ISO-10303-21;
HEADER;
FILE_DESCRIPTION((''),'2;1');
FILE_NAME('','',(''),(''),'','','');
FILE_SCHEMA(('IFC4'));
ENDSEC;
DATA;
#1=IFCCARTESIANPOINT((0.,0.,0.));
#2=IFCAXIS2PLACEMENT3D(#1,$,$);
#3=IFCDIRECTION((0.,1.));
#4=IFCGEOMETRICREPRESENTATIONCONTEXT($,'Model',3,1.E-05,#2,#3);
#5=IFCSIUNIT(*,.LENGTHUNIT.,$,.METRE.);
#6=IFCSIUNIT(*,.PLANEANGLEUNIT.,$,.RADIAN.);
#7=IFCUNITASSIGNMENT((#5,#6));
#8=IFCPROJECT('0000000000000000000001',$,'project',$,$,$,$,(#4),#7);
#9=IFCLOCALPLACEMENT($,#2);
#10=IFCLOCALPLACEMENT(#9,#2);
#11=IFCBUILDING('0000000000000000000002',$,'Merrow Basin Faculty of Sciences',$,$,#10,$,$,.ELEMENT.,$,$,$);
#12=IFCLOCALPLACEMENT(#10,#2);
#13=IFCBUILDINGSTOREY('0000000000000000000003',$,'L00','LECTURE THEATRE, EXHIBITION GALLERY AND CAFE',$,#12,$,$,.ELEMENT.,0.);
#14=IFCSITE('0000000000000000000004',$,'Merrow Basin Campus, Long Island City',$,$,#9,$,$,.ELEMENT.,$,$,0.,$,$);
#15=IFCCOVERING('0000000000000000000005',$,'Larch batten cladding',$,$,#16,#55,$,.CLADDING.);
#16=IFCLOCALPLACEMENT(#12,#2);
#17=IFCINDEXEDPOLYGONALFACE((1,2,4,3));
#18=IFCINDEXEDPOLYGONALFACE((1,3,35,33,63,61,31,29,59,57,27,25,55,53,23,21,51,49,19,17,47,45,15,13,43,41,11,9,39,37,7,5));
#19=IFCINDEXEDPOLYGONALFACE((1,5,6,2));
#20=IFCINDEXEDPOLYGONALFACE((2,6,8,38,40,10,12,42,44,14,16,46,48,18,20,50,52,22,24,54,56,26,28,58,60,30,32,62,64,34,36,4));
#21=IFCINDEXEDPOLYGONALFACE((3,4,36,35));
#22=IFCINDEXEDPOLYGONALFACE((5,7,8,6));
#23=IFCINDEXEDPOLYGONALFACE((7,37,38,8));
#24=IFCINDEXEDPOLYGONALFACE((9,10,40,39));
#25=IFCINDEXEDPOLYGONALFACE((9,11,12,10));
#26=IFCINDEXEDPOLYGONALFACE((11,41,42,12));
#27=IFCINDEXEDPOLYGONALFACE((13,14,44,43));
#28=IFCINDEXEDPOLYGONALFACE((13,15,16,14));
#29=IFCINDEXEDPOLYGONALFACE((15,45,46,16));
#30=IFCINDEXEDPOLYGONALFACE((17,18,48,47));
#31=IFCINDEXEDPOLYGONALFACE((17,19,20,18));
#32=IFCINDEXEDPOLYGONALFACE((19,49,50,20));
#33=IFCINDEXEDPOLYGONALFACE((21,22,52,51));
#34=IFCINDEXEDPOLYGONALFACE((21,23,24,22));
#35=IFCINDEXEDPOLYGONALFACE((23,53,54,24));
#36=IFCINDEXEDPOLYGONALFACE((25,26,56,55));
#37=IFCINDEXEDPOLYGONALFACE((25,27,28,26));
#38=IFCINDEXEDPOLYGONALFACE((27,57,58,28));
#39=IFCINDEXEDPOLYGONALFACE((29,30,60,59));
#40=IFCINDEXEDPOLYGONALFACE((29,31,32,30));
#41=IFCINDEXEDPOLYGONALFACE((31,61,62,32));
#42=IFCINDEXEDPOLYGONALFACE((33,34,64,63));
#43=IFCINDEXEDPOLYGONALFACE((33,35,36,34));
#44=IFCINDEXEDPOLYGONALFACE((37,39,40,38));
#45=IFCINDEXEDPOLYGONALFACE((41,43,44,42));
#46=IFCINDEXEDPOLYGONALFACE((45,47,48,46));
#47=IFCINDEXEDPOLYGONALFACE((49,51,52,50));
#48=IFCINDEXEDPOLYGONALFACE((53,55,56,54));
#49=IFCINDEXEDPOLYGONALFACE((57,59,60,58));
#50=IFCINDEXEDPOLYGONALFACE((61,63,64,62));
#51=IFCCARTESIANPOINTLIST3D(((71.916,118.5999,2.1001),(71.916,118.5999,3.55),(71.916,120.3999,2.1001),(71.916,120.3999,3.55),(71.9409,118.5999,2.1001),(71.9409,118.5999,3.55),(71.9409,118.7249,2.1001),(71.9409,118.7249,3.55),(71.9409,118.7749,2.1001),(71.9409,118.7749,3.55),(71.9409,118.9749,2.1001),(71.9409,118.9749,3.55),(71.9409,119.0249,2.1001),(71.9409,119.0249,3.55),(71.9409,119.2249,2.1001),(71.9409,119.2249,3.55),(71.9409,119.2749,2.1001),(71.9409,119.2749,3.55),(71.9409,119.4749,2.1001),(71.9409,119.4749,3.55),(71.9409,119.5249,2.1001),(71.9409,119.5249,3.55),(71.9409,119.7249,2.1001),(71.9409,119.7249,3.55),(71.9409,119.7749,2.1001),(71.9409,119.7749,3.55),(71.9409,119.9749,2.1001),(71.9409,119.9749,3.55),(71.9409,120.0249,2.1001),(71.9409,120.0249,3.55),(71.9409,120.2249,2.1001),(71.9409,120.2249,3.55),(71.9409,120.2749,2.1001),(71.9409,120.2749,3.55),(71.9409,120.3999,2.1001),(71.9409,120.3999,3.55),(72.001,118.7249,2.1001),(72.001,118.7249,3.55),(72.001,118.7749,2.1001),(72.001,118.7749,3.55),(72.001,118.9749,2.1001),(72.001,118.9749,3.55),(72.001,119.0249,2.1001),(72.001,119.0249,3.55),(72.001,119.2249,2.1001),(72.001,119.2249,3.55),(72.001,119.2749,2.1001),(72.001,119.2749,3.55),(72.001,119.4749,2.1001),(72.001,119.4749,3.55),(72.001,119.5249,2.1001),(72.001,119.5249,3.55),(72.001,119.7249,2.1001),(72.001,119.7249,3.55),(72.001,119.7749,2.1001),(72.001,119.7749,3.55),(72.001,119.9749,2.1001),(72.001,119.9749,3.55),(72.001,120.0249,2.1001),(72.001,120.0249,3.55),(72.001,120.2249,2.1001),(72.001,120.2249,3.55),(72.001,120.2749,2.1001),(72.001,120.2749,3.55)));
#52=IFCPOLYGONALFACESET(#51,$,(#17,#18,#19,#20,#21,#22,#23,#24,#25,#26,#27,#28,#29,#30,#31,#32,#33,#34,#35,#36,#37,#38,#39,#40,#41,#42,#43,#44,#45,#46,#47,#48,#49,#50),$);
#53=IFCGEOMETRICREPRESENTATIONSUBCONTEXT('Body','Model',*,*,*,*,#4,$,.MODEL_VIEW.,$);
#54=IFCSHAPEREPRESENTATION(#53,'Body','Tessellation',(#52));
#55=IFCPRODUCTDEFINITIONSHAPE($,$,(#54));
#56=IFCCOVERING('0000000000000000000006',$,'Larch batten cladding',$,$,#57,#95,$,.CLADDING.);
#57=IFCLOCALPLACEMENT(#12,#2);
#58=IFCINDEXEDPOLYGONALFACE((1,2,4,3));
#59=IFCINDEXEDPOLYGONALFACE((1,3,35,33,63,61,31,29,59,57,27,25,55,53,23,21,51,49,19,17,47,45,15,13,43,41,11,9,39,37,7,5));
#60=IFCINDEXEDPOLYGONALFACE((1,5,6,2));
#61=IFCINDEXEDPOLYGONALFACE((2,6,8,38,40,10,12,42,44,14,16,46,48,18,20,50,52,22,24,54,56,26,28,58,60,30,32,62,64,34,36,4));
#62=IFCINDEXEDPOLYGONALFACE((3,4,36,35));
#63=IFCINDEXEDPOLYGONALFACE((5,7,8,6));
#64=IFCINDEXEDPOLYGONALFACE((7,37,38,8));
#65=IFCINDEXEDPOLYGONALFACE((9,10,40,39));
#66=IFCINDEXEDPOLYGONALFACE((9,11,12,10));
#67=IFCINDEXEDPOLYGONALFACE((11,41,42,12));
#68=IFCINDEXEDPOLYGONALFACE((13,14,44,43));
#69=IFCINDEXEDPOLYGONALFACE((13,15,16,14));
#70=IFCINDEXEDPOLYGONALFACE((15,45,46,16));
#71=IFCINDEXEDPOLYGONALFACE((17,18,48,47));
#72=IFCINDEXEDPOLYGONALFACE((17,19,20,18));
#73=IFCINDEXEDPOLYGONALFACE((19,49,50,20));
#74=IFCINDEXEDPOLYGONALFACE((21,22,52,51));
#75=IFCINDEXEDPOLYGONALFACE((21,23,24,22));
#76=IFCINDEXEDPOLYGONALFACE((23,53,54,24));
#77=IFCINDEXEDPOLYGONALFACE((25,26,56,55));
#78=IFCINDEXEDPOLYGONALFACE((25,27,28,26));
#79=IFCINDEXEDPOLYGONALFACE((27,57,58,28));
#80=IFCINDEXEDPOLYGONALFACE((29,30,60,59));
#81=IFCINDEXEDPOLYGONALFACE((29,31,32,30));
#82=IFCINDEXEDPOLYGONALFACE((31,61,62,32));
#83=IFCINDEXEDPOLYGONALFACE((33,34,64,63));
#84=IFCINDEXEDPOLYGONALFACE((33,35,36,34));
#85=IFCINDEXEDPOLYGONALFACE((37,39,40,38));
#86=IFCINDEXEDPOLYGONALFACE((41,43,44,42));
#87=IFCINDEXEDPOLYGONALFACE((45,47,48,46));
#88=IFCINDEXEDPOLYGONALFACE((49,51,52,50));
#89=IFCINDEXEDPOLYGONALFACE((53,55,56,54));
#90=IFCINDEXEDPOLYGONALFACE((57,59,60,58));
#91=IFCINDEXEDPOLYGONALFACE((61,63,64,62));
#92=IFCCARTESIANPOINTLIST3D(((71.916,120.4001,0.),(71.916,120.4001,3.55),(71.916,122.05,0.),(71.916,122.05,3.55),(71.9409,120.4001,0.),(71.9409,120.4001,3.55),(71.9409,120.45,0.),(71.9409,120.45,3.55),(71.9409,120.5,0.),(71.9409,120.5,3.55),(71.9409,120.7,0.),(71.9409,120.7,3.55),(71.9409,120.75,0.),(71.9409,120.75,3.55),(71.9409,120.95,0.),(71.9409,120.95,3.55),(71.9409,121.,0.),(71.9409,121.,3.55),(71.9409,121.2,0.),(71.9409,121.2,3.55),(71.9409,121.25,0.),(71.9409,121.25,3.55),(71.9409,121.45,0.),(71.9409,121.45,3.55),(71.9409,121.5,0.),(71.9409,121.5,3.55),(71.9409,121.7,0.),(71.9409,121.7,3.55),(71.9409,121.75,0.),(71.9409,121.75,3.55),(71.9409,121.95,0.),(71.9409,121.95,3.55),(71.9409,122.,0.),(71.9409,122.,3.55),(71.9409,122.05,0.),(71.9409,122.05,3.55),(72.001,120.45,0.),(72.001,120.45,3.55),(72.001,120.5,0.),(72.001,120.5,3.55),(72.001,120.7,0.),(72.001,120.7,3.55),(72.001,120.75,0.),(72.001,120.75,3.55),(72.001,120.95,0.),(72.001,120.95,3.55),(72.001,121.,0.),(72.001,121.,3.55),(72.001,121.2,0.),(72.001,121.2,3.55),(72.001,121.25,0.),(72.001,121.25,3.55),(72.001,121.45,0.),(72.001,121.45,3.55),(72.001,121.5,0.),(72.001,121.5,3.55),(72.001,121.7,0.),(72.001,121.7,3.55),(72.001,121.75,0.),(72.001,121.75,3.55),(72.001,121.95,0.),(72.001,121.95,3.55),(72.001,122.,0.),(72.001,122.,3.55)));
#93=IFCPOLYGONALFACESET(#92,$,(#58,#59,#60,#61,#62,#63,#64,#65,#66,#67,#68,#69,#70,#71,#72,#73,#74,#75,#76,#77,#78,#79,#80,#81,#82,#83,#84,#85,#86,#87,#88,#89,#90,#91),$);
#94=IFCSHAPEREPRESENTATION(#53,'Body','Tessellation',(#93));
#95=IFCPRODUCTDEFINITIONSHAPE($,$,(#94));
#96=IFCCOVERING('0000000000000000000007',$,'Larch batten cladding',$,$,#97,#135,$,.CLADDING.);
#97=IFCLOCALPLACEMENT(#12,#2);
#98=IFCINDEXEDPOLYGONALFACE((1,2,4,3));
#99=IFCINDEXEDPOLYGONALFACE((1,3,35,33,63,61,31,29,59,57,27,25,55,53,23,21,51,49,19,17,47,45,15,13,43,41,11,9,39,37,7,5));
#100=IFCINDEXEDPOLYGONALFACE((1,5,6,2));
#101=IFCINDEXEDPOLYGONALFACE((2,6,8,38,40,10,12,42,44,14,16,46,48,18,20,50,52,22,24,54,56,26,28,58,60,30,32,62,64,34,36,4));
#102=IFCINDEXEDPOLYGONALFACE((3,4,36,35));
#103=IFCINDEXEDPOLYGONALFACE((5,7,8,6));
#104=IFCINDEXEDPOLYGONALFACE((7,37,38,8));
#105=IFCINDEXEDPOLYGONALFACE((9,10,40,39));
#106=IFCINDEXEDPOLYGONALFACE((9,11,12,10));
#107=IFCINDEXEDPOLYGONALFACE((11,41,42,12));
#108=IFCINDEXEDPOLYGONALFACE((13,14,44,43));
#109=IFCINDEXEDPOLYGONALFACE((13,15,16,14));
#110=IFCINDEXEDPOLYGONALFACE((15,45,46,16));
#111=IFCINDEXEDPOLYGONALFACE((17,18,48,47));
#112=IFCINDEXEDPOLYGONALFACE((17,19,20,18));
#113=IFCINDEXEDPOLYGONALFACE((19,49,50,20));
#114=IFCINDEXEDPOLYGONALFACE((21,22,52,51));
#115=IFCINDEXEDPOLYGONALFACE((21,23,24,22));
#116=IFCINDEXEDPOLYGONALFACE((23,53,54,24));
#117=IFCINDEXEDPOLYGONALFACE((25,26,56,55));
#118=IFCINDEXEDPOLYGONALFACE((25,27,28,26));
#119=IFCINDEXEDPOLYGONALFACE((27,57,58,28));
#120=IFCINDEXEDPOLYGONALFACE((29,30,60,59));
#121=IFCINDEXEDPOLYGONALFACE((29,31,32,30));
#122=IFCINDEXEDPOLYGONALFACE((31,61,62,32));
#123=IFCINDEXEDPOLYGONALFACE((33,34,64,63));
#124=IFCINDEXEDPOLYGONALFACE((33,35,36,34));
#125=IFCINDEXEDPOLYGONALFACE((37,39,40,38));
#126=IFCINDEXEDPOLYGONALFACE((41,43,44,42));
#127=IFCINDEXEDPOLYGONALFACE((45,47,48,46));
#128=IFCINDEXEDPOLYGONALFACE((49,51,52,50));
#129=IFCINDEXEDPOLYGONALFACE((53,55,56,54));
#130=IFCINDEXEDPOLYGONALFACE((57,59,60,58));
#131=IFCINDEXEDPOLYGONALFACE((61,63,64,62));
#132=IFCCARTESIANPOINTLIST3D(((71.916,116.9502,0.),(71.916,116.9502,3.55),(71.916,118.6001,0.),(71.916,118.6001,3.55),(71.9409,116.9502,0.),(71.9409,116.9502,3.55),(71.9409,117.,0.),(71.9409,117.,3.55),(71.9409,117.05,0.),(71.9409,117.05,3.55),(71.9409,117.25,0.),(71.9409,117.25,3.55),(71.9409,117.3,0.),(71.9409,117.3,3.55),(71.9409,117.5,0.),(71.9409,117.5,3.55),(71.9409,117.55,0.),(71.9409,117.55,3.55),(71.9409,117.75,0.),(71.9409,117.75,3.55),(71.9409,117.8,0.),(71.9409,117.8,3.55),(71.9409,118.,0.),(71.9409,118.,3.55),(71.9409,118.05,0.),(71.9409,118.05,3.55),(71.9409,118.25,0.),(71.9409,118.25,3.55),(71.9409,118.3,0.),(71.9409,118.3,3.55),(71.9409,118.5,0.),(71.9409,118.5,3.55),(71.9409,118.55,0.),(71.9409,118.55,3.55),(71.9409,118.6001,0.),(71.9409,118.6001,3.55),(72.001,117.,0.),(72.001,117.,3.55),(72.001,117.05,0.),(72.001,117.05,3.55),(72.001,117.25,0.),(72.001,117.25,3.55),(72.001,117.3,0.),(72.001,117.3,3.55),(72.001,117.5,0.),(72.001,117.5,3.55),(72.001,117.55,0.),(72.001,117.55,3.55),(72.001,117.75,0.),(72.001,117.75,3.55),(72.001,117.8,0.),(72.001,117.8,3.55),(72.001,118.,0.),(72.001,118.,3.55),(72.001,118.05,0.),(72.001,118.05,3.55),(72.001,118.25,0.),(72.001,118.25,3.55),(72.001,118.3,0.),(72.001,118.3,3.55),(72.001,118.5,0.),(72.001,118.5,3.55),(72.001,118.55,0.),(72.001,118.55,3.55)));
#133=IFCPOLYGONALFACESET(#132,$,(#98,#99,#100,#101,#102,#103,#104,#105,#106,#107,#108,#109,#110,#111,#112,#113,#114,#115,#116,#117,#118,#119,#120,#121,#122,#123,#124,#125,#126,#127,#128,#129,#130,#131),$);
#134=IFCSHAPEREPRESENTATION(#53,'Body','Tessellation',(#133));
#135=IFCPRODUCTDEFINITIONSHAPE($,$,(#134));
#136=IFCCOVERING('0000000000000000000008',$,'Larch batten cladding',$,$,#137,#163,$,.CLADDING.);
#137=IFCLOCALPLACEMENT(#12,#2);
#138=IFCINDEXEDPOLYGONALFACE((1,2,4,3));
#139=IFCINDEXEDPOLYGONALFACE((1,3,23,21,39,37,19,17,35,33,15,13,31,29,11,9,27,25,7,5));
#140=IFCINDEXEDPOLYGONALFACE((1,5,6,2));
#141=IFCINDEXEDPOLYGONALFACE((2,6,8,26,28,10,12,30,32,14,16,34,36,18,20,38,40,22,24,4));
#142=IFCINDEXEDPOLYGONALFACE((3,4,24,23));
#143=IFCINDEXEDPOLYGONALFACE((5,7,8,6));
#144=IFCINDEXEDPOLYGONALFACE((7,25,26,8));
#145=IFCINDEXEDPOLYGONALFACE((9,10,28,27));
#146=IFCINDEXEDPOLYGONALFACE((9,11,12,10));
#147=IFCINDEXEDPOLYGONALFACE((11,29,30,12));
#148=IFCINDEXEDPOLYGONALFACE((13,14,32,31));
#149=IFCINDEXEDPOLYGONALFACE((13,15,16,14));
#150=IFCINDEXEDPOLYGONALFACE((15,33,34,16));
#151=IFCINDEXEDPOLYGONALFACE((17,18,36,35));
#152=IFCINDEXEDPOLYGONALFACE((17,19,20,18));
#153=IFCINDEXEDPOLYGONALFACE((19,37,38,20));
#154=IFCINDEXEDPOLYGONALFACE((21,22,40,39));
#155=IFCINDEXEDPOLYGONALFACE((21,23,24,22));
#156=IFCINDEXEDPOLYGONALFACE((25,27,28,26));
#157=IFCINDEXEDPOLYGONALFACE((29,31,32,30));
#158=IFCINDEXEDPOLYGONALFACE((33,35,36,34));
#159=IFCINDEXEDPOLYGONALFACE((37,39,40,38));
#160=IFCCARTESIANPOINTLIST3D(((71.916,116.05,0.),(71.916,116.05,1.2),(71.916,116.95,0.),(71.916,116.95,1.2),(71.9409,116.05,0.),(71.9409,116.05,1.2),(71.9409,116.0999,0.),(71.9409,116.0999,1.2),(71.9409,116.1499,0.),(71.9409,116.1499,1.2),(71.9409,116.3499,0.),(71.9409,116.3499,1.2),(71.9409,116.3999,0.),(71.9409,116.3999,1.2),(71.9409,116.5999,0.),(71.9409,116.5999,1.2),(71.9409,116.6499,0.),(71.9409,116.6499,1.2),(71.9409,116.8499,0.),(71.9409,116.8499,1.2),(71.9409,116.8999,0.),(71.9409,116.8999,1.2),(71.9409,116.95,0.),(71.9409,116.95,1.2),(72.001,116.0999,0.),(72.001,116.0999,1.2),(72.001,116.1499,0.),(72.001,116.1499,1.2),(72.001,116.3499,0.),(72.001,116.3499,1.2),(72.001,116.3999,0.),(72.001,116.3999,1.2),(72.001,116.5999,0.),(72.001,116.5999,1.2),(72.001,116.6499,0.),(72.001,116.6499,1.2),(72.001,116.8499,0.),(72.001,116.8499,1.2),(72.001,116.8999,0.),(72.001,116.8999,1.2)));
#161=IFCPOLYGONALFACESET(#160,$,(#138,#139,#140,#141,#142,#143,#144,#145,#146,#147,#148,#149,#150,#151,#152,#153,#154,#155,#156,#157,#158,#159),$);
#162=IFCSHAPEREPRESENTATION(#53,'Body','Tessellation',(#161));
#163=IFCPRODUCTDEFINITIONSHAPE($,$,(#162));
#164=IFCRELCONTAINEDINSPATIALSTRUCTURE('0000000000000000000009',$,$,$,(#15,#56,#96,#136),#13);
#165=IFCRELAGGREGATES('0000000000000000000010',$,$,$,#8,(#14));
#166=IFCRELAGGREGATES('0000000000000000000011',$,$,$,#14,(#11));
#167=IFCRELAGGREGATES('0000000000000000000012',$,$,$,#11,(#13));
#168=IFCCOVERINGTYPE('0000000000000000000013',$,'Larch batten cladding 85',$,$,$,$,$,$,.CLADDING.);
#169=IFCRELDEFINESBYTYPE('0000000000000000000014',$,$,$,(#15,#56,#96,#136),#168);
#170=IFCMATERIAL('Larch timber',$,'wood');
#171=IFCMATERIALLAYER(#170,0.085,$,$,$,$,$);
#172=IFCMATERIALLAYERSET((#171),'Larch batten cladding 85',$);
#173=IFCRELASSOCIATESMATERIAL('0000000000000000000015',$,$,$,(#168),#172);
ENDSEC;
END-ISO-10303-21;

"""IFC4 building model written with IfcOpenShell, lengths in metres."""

from ifc_helpers import new_model, si_unit, direction, frame, origin, place, context, subcontext, project, spatial, polyline, outline, extrude, source, transform, mapped, material, layer, layer_set, type_object, element, save


model = new_model("IFC4")

# Units and contexts
model_context = context("Model", 3, precision=1e-05, world=origin(), true_north=direction((0.0, 1.0)))
body_context = subcontext(model_context, "Body", "Model", "MODEL_VIEW")
ifc_project = project(units=[si_unit("LENGTHUNIT", "METRE"), si_unit("PLANEANGLEUNIT", "RADIAN")], contexts=[model_context])

# Site, building, storey
site_placement = place(None, origin())
site = spatial("IfcSite", under=ifc_project, at=site_placement, Name="Merrow Basin Campus, Long Island City", CompositionType="ELEMENT", RefElevation=0.0)
building_placement = place(site_placement, origin())
building = spatial("IfcBuilding", under=site, at=building_placement, Name="Merrow Basin Faculty of Sciences", CompositionType="ELEMENT")
storey_placement = place(building_placement, origin())
storey = spatial("IfcBuildingStorey", under=building, at=storey_placement, Name="L00", Description="LECTURE THEATRE, EXHIBITION GALLERY AND CAFE", CompositionType="ELEMENT", Elevation=0.0)

# Coverings
ifc_material_1 = material(Name="Larch timber", Category="wood")
ifc_layer_1 = layer(ifc_material_1, 0.085)
ifc_layer_set_1 = layer_set([ifc_layer_1], Name="Larch batten cladding 85")
covering_type = type_object("IfcCoveringType", Name="Larch batten cladding 85", PredefinedType="CLADDING", material=ifc_layer_set_1)
shared_shape_1 = source(origin(), body_context, "Body", "SweptSolid", [
    extrude(outline(polyline([(0.0, 0.0), (1.8, 0.0), (1.8, 0.0249), (1.675, 0.0249), (1.675, 0.085), (1.625, 0.085), (1.625, 0.0249), (1.425, 0.0249), (1.425, 0.085), (1.375, 0.085), (1.375, 0.0249), (1.175, 0.0249), (1.175, 0.085), (1.125, 0.085), (1.125, 0.0249), (0.925, 0.0249), (0.925, 0.085), (0.875, 0.085), (0.875, 0.0249), (0.675, 0.0249), (0.675, 0.085), (0.625, 0.085), (0.625, 0.0249), (0.425, 0.0249), (0.425, 0.085), (0.375, 0.085), (0.375, 0.0249), (0.175, 0.0249), (0.175, 0.085), (0.125, 0.085), (0.125, 0.0249), (0.0, 0.0249), (0.0, 0.0)])), origin(), (0.0, 0.0, 1.0), 1.45),
])
covering_1_placement = place(storey_placement, frame((71.916, 120.3999, 2.1001), z_axis=(0.0, 0.0, 1.0), x_axis=(0.0, -1.0, 0.0)))
element("IfcCovering", 1, at=covering_1_placement, inside=storey, type_object=covering_type, Name="Larch batten cladding", PredefinedType="CLADDING", context=body_context, shape_type="MappedRepresentation", body=[
    mapped(shared_shape_1, transform((0.0, 0.0, 0.0), scale=1.0)),
])
shared_shape_2 = source(origin(), body_context, "Body", "SweptSolid", [
    extrude(outline(polyline([(0.0, 0.0), (1.6499, 0.0), (1.6499, 0.0249), (1.6001, 0.0249), (1.6001, 0.085), (1.55, 0.085), (1.55, 0.0249), (1.3501, 0.0249), (1.3501, 0.085), (1.3, 0.085), (1.3, 0.0249), (1.1001, 0.0249), (1.1001, 0.085), (1.05, 0.085), (1.05, 0.0249), (0.8501, 0.0249), (0.8501, 0.085), (0.8, 0.085), (0.8, 0.0249), (0.6001, 0.0249), (0.6001, 0.085), (0.55, 0.085), (0.55, 0.0249), (0.3501, 0.0249), (0.3501, 0.085), (0.3, 0.085), (0.3, 0.0249), (0.1001, 0.0249), (0.1001, 0.085), (0.05, 0.085), (0.05, 0.0249), (0.0, 0.0249), (0.0, 0.0)])), origin(), (0.0, 0.0, 1.0), 3.55),
])
for number, where, z_axis, x_axis, name in (
    (2, (71.916, 122.05, 0.0), (0.0, 0.0, 1.0), (0.0, -1.0, 0.0), "Larch batten cladding"),
    (3, (71.916, 118.6001, 0.0), (0.0, 0.0, 1.0), (0.0, -1.0, 0.0), "Larch batten cladding"),
):
    element("IfcCovering", number, at=place(storey_placement, frame(where, z_axis=z_axis, x_axis=x_axis)), inside=storey, type_object=covering_type, Name=name, PredefinedType="CLADDING", context=body_context, shape_type="MappedRepresentation", body=[
        mapped(shared_shape_2, transform((0.0, 0.0, 0.0), scale=1.0)),
    ])
shared_shape_3 = source(origin(), body_context, "Body", "SweptSolid", [
    extrude(outline(polyline([(0.0, 0.0), (0.8999, 0.0), (0.8999, 0.0249), (0.8501, 0.0249), (0.8501, 0.085), (0.8, 0.085), (0.8, 0.0249), (0.6001, 0.0249), (0.6001, 0.085), (0.55, 0.085), (0.55, 0.0249), (0.3501, 0.0249), (0.3501, 0.085), (0.3, 0.085), (0.3, 0.0249), (0.1001, 0.0249), (0.1001, 0.085), (0.05, 0.085), (0.05, 0.0249), (0.0, 0.0249), (0.0, 0.0)])), origin(), (0.0, 0.0, 1.0), 1.2),
])
covering_2_placement = place(storey_placement, frame((71.916, 116.95, 0.0), z_axis=(0.0, 0.0, 1.0), x_axis=(0.0, -1.0, 0.0)))
element("IfcCovering", 4, at=covering_2_placement, inside=storey, type_object=covering_type, Name="Larch batten cladding", PredefinedType="CLADDING", context=body_context, shape_type="MappedRepresentation", body=[
    mapped(shared_shape_3, transform((0.0, 0.0, 0.0), scale=1.0)),
])

save(model, "model.ifc")
